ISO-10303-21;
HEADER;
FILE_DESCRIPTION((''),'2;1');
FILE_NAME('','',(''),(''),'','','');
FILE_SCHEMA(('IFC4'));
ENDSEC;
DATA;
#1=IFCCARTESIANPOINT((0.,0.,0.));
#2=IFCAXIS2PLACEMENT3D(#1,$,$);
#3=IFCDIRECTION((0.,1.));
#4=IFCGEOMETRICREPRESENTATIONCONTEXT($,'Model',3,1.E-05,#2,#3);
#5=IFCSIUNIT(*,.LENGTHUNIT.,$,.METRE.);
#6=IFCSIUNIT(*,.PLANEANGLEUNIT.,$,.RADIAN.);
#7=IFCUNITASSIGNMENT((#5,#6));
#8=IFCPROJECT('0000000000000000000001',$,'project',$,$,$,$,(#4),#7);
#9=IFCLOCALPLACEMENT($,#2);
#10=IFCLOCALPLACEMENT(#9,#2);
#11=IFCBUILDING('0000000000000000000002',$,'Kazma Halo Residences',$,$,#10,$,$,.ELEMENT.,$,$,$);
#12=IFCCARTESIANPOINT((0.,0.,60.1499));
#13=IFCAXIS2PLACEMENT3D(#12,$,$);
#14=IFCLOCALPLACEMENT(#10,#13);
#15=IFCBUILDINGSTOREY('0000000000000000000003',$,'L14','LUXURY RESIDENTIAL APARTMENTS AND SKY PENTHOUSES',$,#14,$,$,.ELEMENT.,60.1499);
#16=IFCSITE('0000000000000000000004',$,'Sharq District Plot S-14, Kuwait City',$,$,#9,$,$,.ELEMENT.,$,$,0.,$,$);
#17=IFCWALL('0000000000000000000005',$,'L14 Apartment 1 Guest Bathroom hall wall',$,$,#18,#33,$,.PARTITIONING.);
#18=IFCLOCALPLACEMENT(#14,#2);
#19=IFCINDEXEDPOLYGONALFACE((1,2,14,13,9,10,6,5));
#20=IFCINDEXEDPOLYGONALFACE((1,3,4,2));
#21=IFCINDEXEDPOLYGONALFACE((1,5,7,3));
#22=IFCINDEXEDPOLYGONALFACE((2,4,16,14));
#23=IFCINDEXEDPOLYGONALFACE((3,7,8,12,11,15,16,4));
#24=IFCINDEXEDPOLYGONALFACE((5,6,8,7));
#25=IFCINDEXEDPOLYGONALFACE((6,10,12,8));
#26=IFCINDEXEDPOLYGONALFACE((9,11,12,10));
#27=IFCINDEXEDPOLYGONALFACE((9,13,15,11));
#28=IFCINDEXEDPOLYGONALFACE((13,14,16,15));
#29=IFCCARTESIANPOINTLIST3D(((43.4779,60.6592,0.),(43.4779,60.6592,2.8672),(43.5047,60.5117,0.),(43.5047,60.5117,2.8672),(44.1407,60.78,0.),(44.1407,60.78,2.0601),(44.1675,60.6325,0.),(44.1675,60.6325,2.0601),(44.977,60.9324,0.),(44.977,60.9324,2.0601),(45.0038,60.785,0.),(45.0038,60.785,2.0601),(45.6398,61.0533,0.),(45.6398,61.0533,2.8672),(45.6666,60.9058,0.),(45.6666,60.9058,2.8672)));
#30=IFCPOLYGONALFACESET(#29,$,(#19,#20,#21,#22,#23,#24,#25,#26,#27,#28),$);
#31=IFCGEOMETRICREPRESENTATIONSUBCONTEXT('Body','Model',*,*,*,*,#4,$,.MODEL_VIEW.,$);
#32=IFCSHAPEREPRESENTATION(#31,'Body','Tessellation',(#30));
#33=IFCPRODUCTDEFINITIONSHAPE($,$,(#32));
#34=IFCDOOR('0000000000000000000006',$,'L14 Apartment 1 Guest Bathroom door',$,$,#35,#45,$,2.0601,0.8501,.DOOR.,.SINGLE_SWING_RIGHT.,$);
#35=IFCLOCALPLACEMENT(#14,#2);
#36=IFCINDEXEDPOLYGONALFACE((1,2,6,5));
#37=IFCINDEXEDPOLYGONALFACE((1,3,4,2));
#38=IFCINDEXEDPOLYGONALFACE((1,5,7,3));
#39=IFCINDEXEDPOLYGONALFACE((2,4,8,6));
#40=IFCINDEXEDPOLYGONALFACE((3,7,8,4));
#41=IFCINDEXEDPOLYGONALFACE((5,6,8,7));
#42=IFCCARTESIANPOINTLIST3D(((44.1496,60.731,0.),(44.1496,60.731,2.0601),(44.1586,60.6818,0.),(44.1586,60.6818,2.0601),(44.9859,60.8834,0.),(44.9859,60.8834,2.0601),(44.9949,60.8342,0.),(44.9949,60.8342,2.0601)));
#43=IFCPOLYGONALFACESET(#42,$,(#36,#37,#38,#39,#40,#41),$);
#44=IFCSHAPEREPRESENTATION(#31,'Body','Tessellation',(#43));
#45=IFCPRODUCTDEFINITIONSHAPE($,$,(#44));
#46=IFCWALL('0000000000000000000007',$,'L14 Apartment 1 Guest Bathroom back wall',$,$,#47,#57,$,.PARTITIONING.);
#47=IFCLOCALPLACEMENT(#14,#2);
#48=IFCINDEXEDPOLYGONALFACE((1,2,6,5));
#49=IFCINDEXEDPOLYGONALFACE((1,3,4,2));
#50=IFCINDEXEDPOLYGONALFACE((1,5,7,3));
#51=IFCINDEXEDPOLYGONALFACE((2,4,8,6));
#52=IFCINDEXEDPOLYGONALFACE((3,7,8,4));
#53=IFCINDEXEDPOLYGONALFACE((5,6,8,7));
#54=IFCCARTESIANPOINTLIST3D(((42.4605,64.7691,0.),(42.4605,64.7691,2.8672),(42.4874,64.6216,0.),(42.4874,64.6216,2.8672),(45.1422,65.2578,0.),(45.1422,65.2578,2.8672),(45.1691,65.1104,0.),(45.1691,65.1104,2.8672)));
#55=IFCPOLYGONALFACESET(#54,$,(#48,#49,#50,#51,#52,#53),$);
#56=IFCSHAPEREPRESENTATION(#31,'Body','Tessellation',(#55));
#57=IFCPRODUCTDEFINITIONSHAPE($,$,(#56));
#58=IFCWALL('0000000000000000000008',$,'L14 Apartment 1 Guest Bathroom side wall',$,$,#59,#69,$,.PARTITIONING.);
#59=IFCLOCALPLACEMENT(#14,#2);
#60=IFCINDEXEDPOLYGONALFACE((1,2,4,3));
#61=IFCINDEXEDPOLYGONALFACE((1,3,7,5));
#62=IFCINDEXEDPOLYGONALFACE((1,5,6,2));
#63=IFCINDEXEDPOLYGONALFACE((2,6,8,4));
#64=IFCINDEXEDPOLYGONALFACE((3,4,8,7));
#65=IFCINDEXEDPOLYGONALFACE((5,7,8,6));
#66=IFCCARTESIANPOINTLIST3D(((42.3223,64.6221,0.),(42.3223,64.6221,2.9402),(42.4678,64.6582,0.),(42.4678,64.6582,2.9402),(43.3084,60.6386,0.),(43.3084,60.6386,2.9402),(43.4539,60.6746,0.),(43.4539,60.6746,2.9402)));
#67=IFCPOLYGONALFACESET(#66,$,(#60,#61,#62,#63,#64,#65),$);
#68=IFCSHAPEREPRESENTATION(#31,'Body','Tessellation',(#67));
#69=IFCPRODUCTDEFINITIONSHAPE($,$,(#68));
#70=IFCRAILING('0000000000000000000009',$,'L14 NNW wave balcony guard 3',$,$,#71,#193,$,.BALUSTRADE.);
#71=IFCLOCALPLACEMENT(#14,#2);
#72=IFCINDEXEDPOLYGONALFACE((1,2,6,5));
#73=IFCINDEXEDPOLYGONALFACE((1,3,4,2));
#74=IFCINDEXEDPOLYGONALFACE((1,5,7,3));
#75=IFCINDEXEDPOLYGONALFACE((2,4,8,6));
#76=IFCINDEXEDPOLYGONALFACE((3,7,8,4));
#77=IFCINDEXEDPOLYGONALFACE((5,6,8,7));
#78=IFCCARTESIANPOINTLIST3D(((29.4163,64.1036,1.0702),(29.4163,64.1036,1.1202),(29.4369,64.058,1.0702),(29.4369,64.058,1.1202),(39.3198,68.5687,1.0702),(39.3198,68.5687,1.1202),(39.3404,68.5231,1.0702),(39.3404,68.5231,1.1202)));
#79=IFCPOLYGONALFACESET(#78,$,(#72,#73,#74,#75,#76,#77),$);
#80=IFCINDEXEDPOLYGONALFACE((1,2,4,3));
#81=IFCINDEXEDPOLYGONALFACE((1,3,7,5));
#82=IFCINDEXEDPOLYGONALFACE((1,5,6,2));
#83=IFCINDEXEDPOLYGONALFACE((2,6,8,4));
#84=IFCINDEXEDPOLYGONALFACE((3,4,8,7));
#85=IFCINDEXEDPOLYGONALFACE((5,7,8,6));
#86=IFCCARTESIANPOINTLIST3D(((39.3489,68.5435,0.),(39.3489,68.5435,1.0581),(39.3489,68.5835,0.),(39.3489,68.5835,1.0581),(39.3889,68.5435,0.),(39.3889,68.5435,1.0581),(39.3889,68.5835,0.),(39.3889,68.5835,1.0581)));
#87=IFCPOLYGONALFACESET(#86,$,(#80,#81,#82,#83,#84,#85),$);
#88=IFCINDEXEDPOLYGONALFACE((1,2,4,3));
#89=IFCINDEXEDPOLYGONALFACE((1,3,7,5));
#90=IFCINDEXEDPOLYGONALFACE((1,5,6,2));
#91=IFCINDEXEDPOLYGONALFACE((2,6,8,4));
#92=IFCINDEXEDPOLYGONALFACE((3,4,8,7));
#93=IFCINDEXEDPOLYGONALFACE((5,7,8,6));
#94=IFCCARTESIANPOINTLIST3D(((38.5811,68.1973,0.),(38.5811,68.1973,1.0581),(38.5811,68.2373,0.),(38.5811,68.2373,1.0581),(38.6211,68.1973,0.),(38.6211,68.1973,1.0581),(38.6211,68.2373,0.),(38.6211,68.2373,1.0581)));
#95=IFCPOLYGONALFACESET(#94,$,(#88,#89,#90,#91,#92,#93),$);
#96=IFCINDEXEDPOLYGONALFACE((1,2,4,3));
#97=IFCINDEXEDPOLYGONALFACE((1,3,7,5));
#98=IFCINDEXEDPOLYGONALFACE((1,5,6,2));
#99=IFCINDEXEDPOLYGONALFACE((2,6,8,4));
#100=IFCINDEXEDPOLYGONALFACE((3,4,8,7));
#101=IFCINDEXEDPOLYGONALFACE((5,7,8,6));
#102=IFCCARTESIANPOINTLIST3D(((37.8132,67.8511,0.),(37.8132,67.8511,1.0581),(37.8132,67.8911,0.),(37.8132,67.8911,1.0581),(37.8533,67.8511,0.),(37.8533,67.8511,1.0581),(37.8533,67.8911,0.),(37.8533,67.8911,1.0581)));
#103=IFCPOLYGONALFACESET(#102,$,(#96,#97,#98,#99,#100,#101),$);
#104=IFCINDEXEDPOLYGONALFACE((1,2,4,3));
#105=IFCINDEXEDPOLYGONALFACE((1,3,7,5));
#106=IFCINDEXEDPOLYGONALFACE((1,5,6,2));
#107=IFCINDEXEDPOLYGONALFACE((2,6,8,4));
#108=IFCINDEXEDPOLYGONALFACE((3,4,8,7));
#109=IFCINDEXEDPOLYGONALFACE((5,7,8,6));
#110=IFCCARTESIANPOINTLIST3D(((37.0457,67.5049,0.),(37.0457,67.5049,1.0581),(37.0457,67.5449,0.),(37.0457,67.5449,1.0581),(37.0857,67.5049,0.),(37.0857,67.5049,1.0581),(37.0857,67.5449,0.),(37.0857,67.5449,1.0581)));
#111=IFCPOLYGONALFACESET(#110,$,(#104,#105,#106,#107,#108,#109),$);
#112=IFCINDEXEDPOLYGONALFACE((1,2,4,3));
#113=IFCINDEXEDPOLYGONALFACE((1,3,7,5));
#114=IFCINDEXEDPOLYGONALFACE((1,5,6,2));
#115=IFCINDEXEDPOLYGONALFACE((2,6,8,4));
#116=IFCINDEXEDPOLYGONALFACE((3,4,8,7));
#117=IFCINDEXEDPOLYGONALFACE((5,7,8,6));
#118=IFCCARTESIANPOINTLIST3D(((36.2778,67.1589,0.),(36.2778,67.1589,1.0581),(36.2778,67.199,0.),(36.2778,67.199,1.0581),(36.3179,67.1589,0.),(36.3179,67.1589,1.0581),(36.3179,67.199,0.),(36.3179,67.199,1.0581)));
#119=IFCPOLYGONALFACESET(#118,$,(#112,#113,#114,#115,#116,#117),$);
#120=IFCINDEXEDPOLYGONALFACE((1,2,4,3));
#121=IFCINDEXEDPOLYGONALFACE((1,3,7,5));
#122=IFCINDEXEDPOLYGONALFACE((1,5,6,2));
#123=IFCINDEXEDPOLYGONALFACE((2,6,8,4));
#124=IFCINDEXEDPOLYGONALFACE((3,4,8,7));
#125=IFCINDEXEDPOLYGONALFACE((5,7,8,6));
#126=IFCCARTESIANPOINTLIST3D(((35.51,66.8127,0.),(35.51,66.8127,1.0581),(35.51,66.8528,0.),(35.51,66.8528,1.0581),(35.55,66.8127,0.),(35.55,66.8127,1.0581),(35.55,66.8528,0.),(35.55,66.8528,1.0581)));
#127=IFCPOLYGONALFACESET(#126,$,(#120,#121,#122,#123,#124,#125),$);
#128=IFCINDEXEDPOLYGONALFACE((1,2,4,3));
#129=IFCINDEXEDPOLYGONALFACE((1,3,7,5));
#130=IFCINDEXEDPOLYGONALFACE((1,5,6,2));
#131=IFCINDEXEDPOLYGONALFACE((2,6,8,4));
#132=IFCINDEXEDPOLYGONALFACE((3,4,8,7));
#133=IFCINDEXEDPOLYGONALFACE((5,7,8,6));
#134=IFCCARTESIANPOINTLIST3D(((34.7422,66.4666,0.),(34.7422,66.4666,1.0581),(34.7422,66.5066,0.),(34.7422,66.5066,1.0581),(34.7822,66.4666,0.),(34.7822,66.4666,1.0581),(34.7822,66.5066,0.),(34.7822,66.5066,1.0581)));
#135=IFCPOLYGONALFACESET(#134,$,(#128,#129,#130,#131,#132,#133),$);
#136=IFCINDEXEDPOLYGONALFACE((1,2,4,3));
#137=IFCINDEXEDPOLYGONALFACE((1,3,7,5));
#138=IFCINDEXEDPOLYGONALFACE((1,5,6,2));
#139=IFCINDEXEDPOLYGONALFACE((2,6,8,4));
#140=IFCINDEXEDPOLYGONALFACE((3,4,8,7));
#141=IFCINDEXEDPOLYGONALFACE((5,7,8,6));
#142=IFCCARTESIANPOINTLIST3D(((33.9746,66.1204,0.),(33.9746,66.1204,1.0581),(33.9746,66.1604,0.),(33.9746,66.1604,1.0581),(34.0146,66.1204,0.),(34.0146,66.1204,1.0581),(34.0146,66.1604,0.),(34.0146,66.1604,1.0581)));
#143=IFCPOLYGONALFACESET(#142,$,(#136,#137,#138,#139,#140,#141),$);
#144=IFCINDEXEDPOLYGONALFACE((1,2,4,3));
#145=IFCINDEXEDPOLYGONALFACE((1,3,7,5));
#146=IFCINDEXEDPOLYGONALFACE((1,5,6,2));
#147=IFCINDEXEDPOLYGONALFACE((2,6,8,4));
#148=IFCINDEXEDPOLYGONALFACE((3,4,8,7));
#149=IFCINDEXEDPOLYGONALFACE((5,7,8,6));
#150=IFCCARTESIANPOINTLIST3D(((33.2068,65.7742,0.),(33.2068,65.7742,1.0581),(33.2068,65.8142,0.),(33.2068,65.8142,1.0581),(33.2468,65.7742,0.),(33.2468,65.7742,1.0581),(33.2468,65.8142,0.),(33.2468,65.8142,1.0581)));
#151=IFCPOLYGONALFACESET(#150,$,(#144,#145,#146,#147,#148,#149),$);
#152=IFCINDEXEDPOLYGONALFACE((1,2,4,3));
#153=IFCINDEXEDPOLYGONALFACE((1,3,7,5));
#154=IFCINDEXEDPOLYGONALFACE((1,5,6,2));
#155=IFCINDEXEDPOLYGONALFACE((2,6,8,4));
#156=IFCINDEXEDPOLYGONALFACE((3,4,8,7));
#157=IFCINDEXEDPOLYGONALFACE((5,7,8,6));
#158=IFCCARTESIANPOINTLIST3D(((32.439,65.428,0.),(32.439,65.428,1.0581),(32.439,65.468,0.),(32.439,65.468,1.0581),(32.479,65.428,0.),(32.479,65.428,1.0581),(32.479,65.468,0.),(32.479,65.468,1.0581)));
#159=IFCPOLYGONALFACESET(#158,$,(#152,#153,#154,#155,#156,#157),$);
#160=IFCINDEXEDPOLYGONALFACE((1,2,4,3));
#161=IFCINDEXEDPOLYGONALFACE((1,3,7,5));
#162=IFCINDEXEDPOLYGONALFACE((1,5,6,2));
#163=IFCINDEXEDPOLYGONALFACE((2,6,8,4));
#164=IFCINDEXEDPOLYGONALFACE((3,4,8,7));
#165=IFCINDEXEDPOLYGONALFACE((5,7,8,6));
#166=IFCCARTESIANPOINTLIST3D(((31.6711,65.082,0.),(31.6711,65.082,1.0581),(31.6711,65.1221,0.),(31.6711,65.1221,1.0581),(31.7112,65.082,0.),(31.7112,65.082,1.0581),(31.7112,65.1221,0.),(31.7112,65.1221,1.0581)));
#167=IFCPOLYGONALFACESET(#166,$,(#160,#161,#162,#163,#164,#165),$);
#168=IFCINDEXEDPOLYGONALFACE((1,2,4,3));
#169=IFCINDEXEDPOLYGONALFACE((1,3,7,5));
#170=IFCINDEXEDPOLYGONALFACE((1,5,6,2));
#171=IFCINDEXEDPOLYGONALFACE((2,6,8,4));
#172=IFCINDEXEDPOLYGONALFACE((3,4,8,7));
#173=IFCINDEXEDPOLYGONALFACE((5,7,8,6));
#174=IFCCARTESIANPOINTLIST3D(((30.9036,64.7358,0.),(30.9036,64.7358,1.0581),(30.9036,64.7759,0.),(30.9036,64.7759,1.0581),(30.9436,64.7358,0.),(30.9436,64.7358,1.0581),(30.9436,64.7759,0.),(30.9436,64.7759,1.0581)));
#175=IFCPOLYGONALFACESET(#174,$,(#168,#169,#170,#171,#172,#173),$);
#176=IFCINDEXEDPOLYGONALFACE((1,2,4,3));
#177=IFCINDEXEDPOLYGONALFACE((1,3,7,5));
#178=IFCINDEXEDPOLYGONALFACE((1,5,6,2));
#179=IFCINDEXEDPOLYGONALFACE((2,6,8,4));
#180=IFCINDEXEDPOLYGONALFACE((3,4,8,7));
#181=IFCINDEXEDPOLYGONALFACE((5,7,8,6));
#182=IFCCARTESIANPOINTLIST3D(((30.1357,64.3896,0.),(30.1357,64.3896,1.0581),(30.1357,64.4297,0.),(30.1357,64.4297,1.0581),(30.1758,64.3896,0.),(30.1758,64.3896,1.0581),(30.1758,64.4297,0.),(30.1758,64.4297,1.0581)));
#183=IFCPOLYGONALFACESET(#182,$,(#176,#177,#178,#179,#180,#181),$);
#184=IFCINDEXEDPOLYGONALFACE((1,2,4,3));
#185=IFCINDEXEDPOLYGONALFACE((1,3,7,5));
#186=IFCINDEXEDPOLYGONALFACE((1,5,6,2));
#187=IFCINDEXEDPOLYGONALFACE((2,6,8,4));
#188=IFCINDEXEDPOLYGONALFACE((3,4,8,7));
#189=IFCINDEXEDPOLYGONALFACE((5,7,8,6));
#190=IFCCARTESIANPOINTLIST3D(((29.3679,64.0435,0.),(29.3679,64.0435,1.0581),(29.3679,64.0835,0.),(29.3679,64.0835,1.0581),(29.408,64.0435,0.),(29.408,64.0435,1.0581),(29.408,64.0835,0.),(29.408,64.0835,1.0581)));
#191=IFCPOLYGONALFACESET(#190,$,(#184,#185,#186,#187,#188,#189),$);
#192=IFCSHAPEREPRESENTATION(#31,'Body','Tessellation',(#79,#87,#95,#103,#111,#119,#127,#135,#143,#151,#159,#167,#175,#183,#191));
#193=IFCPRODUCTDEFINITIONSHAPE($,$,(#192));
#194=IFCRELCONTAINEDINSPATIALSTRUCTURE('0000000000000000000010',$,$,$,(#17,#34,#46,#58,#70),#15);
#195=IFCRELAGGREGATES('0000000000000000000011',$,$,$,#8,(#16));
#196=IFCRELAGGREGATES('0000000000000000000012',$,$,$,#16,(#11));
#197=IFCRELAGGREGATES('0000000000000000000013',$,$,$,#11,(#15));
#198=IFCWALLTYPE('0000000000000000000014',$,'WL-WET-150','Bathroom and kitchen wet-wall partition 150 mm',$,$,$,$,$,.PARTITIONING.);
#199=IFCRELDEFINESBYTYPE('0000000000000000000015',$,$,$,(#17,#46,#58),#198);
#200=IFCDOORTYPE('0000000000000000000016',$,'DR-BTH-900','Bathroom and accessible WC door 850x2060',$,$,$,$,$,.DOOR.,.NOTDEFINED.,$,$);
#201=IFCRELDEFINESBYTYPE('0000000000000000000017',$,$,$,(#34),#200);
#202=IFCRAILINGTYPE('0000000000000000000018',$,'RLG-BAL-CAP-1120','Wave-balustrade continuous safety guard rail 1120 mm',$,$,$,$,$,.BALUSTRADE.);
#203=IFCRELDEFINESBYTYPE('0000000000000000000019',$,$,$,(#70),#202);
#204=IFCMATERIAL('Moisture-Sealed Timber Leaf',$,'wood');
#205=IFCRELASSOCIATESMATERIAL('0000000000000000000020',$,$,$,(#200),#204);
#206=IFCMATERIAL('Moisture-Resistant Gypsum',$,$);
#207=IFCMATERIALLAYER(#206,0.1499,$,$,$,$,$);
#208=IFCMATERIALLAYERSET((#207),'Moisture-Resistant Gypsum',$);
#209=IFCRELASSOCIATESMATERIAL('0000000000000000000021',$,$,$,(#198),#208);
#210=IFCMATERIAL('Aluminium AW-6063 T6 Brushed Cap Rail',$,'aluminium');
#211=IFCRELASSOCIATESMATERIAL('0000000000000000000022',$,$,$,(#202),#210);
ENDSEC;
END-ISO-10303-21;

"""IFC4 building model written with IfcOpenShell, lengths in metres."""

from ifc_helpers import new_model, si_unit, direction, frame, frame_2d, origin, origin_2d, place, context, subcontext, project, spatial, rectangle, extrude, material, layer, layer_set, type_object, element, fill, save


model = new_model("IFC4")

# Units and contexts
model_context = context("Model", 3, precision=1e-05, world=origin(), true_north=direction((0.0, 1.0)))
body_context = subcontext(model_context, "Body", "Model", "MODEL_VIEW")
ifc_project = project(units=[si_unit("LENGTHUNIT", "METRE"), si_unit("PLANEANGLEUNIT", "RADIAN")], contexts=[model_context])

# Site, building, storey
site_placement = place(None, origin())
site = spatial("IfcSite", under=ifc_project, at=site_placement, Name="Sharq District Plot S-14, Kuwait City", CompositionType="ELEMENT", RefElevation=0.0)
building_placement = place(site_placement, origin())
building = spatial("IfcBuilding", under=site, at=building_placement, Name="Kazma Halo Residences", CompositionType="ELEMENT")
storey_placement = place(building_placement, frame((0.0, 0.0, 60.1499)))
storey = spatial("IfcBuildingStorey", under=building, at=storey_placement, Name="L14", Description="LUXURY RESIDENTIAL APARTMENTS AND SKY PENTHOUSES", CompositionType="ELEMENT", Elevation=60.1499)

# Wall, opening, door
ifc_material_1 = material(Name="Moisture-Sealed Timber Leaf", Category="wood")
door_type_1 = type_object("IfcDoorType", Name="DR-BTH-900", Description="Bathroom and accessible WC door 850x2060", OperationType="NOTDEFINED", PredefinedType="DOOR", material=ifc_material_1)
ifc_material_2 = material(Name="Moisture-Resistant Gypsum")
ifc_layer_1 = layer(ifc_material_2, 0.1499)
ifc_layer_set_1 = layer_set([ifc_layer_1], Name="Moisture-Resistant Gypsum")
wall_type_1 = type_object("IfcWallType", Name="WL-WET-150", Description="Bathroom and kitchen wet-wall partition 150 mm", PredefinedType="PARTITIONING", material=ifc_layer_set_1)
wall_1_placement = place(storey_placement, frame((45.6531, 60.9795, 0.0), z_axis=(0.0, 0.0, 1.0), x_axis=(-0.983792, -0.179316, 0.0)))
wall_1 = element("IfcWall", 1, at=wall_1_placement, inside=storey, type_object=wall_type_1, Name="L14 Apartment 1 Guest Bathroom hall wall", PredefinedType="PARTITIONING", context=body_context, shape_type="SweptSolid", body=[
    extrude(rectangle(XDim=2.1975, YDim=0.1499, at=frame_2d((1.0986, 0.0))), origin(), (0.0, 0.0, 1.0), 2.8672),
])
opening_1_placement = place(wall_1_placement, frame((0.6736, 0.0, 0.0)))
opening_1 = element("IfcOpeningElement", 2, at=opening_1_placement, cuts=wall_1, PredefinedType="OPENING", context=body_context, shape_type="SweptSolid", body=[
    extrude(rectangle(XDim=0.8501, YDim=2.0601, at=frame_2d((0.425, 1.03))), frame((0.0, 0.085, 0.0), z_axis=(0.0, -1.0, 0.0), x_axis=(1.0, 0.0, 0.0)), (0.0, 0.0, 1.0), 0.1699),
])
door_1_placement = place(opening_1_placement, origin())
door_1 = element("IfcDoor", 3, at=door_1_placement, inside=storey, type_object=door_type_1, Name="L14 Apartment 1 Guest Bathroom door", OperationType="SINGLE_SWING_RIGHT", OverallHeight=2.0601, OverallWidth=0.8501, PredefinedType="DOOR", context=body_context, shape_type="SweptSolid", body=[
    extrude(rectangle(XDim=0.8501, YDim=2.0601, at=frame_2d((0.425, 1.03))), frame((0.0, 0.0249, 0.0), z_axis=(0.0, -1.0, 0.0), x_axis=(1.0, 0.0, 0.0)), (0.0, 0.0, 1.0), 0.05),
])
fill(opening_1, door_1)

# Walls
wall_2_placement = place(storey_placement, frame((45.1555, 65.1841, 0.0), z_axis=(0.0, 0.0, 1.0), x_axis=(-0.983792, -0.179311, 0.0)))
element("IfcWall", 4, at=wall_2_placement, inside=storey, type_object=wall_type_1, Name="L14 Apartment 1 Guest Bathroom back wall", PredefinedType="PARTITIONING", context=body_context, shape_type="SweptSolid", body=[
    extrude(rectangle(XDim=2.7258, YDim=0.1499, at=frame_2d((1.3628, 0.0))), origin(), (0.0, 0.0, 1.0), 2.8672),
])
wall_3_placement = place(storey_placement, frame((43.3811, 60.6567, 0.0), z_axis=(0.0, 0.0, 1.0), x_axis=(-0.240281, 0.970703, 0.0)))
element("IfcWall", 5, at=wall_3_placement, inside=storey, type_object=wall_type_1, Name="L14 Apartment 1 Guest Bathroom side wall", PredefinedType="PARTITIONING", context=body_context, shape_type="SweptSolid", body=[
    extrude(rectangle(XDim=4.1038, YDim=0.1499, at=frame_2d((2.0518, 0.0))), origin(), (0.0, 0.0, 1.0), 2.9402),
])

# Railing
ifc_material_3 = material(Name="Aluminium AW-6063 T6 Brushed Cap Rail", Category="aluminium")
railing_type = type_object("IfcRailingType", Name="RLG-BAL-CAP-1120", Description="Wave-balustrade continuous safety guard rail 1120 mm", PredefinedType="BALUSTRADE", material=ifc_material_3)
railing_placement = place(storey_placement, frame((39.3689, 68.5635, 0.0)))
element("IfcRailing", 6, at=railing_placement, inside=storey, type_object=railing_type, Name="L14 NNW wave balcony guard 3", PredefinedType="BALUSTRADE", context=body_context, shape_type="SweptSolid", body=[
    extrude(rectangle(XDim=0.05, YDim=0.05, at=origin_2d()), frame((-0.0388, -0.0176, 1.0952), z_axis=(-0.911628, -0.411015, 0.0), x_axis=(0.411015, -0.911628, 0.0)), (0.0, 0.0, 1.0), 10.8635),
    extrude(rectangle(XDim=0.04, YDim=0.04, at=origin_2d()), origin(), (0.0, 0.0, 1.0), 1.0581),
    extrude(rectangle(XDim=0.04, YDim=0.04, at=origin_2d()), frame((-0.7678, -0.3462, 0.0)), (0.0, 0.0, 1.0), 1.0581),
    extrude(rectangle(XDim=0.04, YDim=0.04, at=origin_2d()), frame((-1.5356, -0.6924, 0.0)), (0.0, 0.0, 1.0), 1.0581),
    extrude(rectangle(XDim=0.04, YDim=0.04, at=origin_2d()), frame((-2.3032, -1.0386, 0.0)), (0.0, 0.0, 1.0), 1.0581),
    extrude(rectangle(XDim=0.04, YDim=0.04, at=origin_2d()), frame((-3.071, -1.3845, 0.0)), (0.0, 0.0, 1.0), 1.0581),
    extrude(rectangle(XDim=0.04, YDim=0.04, at=origin_2d()), frame((-3.8389, -1.7307, 0.0)), (0.0, 0.0, 1.0), 1.0581),
    extrude(rectangle(XDim=0.04, YDim=0.04, at=origin_2d()), frame((-4.6067, -2.0769, 0.0)), (0.0, 0.0, 1.0), 1.0581),
    extrude(rectangle(XDim=0.04, YDim=0.04, at=origin_2d()), frame((-5.3743, -2.4231, 0.0)), (0.0, 0.0, 1.0), 1.0581),
    extrude(rectangle(XDim=0.04, YDim=0.04, at=origin_2d()), frame((-6.1421, -2.7693, 0.0)), (0.0, 0.0, 1.0), 1.0581),
    extrude(rectangle(XDim=0.04, YDim=0.04, at=origin_2d()), frame((-6.9099, -3.1155, 0.0)), (0.0, 0.0, 1.0), 1.0581),
    extrude(rectangle(XDim=0.04, YDim=0.04, at=origin_2d()), frame((-7.6777, -3.4614, 0.0)), (0.0, 0.0, 1.0), 1.0581),
    extrude(rectangle(XDim=0.04, YDim=0.04, at=origin_2d()), frame((-8.4453, -3.8076, 0.0)), (0.0, 0.0, 1.0), 1.0581),
    extrude(rectangle(XDim=0.04, YDim=0.04, at=origin_2d()), frame((-9.2131, -4.1538, 0.0)), (0.0, 0.0, 1.0), 1.0581),
    extrude(rectangle(XDim=0.04, YDim=0.04, at=origin_2d()), frame((-9.981, -4.5, 0.0)), (0.0, 0.0, 1.0), 1.0581),
])

save(model, "model.ifc")
